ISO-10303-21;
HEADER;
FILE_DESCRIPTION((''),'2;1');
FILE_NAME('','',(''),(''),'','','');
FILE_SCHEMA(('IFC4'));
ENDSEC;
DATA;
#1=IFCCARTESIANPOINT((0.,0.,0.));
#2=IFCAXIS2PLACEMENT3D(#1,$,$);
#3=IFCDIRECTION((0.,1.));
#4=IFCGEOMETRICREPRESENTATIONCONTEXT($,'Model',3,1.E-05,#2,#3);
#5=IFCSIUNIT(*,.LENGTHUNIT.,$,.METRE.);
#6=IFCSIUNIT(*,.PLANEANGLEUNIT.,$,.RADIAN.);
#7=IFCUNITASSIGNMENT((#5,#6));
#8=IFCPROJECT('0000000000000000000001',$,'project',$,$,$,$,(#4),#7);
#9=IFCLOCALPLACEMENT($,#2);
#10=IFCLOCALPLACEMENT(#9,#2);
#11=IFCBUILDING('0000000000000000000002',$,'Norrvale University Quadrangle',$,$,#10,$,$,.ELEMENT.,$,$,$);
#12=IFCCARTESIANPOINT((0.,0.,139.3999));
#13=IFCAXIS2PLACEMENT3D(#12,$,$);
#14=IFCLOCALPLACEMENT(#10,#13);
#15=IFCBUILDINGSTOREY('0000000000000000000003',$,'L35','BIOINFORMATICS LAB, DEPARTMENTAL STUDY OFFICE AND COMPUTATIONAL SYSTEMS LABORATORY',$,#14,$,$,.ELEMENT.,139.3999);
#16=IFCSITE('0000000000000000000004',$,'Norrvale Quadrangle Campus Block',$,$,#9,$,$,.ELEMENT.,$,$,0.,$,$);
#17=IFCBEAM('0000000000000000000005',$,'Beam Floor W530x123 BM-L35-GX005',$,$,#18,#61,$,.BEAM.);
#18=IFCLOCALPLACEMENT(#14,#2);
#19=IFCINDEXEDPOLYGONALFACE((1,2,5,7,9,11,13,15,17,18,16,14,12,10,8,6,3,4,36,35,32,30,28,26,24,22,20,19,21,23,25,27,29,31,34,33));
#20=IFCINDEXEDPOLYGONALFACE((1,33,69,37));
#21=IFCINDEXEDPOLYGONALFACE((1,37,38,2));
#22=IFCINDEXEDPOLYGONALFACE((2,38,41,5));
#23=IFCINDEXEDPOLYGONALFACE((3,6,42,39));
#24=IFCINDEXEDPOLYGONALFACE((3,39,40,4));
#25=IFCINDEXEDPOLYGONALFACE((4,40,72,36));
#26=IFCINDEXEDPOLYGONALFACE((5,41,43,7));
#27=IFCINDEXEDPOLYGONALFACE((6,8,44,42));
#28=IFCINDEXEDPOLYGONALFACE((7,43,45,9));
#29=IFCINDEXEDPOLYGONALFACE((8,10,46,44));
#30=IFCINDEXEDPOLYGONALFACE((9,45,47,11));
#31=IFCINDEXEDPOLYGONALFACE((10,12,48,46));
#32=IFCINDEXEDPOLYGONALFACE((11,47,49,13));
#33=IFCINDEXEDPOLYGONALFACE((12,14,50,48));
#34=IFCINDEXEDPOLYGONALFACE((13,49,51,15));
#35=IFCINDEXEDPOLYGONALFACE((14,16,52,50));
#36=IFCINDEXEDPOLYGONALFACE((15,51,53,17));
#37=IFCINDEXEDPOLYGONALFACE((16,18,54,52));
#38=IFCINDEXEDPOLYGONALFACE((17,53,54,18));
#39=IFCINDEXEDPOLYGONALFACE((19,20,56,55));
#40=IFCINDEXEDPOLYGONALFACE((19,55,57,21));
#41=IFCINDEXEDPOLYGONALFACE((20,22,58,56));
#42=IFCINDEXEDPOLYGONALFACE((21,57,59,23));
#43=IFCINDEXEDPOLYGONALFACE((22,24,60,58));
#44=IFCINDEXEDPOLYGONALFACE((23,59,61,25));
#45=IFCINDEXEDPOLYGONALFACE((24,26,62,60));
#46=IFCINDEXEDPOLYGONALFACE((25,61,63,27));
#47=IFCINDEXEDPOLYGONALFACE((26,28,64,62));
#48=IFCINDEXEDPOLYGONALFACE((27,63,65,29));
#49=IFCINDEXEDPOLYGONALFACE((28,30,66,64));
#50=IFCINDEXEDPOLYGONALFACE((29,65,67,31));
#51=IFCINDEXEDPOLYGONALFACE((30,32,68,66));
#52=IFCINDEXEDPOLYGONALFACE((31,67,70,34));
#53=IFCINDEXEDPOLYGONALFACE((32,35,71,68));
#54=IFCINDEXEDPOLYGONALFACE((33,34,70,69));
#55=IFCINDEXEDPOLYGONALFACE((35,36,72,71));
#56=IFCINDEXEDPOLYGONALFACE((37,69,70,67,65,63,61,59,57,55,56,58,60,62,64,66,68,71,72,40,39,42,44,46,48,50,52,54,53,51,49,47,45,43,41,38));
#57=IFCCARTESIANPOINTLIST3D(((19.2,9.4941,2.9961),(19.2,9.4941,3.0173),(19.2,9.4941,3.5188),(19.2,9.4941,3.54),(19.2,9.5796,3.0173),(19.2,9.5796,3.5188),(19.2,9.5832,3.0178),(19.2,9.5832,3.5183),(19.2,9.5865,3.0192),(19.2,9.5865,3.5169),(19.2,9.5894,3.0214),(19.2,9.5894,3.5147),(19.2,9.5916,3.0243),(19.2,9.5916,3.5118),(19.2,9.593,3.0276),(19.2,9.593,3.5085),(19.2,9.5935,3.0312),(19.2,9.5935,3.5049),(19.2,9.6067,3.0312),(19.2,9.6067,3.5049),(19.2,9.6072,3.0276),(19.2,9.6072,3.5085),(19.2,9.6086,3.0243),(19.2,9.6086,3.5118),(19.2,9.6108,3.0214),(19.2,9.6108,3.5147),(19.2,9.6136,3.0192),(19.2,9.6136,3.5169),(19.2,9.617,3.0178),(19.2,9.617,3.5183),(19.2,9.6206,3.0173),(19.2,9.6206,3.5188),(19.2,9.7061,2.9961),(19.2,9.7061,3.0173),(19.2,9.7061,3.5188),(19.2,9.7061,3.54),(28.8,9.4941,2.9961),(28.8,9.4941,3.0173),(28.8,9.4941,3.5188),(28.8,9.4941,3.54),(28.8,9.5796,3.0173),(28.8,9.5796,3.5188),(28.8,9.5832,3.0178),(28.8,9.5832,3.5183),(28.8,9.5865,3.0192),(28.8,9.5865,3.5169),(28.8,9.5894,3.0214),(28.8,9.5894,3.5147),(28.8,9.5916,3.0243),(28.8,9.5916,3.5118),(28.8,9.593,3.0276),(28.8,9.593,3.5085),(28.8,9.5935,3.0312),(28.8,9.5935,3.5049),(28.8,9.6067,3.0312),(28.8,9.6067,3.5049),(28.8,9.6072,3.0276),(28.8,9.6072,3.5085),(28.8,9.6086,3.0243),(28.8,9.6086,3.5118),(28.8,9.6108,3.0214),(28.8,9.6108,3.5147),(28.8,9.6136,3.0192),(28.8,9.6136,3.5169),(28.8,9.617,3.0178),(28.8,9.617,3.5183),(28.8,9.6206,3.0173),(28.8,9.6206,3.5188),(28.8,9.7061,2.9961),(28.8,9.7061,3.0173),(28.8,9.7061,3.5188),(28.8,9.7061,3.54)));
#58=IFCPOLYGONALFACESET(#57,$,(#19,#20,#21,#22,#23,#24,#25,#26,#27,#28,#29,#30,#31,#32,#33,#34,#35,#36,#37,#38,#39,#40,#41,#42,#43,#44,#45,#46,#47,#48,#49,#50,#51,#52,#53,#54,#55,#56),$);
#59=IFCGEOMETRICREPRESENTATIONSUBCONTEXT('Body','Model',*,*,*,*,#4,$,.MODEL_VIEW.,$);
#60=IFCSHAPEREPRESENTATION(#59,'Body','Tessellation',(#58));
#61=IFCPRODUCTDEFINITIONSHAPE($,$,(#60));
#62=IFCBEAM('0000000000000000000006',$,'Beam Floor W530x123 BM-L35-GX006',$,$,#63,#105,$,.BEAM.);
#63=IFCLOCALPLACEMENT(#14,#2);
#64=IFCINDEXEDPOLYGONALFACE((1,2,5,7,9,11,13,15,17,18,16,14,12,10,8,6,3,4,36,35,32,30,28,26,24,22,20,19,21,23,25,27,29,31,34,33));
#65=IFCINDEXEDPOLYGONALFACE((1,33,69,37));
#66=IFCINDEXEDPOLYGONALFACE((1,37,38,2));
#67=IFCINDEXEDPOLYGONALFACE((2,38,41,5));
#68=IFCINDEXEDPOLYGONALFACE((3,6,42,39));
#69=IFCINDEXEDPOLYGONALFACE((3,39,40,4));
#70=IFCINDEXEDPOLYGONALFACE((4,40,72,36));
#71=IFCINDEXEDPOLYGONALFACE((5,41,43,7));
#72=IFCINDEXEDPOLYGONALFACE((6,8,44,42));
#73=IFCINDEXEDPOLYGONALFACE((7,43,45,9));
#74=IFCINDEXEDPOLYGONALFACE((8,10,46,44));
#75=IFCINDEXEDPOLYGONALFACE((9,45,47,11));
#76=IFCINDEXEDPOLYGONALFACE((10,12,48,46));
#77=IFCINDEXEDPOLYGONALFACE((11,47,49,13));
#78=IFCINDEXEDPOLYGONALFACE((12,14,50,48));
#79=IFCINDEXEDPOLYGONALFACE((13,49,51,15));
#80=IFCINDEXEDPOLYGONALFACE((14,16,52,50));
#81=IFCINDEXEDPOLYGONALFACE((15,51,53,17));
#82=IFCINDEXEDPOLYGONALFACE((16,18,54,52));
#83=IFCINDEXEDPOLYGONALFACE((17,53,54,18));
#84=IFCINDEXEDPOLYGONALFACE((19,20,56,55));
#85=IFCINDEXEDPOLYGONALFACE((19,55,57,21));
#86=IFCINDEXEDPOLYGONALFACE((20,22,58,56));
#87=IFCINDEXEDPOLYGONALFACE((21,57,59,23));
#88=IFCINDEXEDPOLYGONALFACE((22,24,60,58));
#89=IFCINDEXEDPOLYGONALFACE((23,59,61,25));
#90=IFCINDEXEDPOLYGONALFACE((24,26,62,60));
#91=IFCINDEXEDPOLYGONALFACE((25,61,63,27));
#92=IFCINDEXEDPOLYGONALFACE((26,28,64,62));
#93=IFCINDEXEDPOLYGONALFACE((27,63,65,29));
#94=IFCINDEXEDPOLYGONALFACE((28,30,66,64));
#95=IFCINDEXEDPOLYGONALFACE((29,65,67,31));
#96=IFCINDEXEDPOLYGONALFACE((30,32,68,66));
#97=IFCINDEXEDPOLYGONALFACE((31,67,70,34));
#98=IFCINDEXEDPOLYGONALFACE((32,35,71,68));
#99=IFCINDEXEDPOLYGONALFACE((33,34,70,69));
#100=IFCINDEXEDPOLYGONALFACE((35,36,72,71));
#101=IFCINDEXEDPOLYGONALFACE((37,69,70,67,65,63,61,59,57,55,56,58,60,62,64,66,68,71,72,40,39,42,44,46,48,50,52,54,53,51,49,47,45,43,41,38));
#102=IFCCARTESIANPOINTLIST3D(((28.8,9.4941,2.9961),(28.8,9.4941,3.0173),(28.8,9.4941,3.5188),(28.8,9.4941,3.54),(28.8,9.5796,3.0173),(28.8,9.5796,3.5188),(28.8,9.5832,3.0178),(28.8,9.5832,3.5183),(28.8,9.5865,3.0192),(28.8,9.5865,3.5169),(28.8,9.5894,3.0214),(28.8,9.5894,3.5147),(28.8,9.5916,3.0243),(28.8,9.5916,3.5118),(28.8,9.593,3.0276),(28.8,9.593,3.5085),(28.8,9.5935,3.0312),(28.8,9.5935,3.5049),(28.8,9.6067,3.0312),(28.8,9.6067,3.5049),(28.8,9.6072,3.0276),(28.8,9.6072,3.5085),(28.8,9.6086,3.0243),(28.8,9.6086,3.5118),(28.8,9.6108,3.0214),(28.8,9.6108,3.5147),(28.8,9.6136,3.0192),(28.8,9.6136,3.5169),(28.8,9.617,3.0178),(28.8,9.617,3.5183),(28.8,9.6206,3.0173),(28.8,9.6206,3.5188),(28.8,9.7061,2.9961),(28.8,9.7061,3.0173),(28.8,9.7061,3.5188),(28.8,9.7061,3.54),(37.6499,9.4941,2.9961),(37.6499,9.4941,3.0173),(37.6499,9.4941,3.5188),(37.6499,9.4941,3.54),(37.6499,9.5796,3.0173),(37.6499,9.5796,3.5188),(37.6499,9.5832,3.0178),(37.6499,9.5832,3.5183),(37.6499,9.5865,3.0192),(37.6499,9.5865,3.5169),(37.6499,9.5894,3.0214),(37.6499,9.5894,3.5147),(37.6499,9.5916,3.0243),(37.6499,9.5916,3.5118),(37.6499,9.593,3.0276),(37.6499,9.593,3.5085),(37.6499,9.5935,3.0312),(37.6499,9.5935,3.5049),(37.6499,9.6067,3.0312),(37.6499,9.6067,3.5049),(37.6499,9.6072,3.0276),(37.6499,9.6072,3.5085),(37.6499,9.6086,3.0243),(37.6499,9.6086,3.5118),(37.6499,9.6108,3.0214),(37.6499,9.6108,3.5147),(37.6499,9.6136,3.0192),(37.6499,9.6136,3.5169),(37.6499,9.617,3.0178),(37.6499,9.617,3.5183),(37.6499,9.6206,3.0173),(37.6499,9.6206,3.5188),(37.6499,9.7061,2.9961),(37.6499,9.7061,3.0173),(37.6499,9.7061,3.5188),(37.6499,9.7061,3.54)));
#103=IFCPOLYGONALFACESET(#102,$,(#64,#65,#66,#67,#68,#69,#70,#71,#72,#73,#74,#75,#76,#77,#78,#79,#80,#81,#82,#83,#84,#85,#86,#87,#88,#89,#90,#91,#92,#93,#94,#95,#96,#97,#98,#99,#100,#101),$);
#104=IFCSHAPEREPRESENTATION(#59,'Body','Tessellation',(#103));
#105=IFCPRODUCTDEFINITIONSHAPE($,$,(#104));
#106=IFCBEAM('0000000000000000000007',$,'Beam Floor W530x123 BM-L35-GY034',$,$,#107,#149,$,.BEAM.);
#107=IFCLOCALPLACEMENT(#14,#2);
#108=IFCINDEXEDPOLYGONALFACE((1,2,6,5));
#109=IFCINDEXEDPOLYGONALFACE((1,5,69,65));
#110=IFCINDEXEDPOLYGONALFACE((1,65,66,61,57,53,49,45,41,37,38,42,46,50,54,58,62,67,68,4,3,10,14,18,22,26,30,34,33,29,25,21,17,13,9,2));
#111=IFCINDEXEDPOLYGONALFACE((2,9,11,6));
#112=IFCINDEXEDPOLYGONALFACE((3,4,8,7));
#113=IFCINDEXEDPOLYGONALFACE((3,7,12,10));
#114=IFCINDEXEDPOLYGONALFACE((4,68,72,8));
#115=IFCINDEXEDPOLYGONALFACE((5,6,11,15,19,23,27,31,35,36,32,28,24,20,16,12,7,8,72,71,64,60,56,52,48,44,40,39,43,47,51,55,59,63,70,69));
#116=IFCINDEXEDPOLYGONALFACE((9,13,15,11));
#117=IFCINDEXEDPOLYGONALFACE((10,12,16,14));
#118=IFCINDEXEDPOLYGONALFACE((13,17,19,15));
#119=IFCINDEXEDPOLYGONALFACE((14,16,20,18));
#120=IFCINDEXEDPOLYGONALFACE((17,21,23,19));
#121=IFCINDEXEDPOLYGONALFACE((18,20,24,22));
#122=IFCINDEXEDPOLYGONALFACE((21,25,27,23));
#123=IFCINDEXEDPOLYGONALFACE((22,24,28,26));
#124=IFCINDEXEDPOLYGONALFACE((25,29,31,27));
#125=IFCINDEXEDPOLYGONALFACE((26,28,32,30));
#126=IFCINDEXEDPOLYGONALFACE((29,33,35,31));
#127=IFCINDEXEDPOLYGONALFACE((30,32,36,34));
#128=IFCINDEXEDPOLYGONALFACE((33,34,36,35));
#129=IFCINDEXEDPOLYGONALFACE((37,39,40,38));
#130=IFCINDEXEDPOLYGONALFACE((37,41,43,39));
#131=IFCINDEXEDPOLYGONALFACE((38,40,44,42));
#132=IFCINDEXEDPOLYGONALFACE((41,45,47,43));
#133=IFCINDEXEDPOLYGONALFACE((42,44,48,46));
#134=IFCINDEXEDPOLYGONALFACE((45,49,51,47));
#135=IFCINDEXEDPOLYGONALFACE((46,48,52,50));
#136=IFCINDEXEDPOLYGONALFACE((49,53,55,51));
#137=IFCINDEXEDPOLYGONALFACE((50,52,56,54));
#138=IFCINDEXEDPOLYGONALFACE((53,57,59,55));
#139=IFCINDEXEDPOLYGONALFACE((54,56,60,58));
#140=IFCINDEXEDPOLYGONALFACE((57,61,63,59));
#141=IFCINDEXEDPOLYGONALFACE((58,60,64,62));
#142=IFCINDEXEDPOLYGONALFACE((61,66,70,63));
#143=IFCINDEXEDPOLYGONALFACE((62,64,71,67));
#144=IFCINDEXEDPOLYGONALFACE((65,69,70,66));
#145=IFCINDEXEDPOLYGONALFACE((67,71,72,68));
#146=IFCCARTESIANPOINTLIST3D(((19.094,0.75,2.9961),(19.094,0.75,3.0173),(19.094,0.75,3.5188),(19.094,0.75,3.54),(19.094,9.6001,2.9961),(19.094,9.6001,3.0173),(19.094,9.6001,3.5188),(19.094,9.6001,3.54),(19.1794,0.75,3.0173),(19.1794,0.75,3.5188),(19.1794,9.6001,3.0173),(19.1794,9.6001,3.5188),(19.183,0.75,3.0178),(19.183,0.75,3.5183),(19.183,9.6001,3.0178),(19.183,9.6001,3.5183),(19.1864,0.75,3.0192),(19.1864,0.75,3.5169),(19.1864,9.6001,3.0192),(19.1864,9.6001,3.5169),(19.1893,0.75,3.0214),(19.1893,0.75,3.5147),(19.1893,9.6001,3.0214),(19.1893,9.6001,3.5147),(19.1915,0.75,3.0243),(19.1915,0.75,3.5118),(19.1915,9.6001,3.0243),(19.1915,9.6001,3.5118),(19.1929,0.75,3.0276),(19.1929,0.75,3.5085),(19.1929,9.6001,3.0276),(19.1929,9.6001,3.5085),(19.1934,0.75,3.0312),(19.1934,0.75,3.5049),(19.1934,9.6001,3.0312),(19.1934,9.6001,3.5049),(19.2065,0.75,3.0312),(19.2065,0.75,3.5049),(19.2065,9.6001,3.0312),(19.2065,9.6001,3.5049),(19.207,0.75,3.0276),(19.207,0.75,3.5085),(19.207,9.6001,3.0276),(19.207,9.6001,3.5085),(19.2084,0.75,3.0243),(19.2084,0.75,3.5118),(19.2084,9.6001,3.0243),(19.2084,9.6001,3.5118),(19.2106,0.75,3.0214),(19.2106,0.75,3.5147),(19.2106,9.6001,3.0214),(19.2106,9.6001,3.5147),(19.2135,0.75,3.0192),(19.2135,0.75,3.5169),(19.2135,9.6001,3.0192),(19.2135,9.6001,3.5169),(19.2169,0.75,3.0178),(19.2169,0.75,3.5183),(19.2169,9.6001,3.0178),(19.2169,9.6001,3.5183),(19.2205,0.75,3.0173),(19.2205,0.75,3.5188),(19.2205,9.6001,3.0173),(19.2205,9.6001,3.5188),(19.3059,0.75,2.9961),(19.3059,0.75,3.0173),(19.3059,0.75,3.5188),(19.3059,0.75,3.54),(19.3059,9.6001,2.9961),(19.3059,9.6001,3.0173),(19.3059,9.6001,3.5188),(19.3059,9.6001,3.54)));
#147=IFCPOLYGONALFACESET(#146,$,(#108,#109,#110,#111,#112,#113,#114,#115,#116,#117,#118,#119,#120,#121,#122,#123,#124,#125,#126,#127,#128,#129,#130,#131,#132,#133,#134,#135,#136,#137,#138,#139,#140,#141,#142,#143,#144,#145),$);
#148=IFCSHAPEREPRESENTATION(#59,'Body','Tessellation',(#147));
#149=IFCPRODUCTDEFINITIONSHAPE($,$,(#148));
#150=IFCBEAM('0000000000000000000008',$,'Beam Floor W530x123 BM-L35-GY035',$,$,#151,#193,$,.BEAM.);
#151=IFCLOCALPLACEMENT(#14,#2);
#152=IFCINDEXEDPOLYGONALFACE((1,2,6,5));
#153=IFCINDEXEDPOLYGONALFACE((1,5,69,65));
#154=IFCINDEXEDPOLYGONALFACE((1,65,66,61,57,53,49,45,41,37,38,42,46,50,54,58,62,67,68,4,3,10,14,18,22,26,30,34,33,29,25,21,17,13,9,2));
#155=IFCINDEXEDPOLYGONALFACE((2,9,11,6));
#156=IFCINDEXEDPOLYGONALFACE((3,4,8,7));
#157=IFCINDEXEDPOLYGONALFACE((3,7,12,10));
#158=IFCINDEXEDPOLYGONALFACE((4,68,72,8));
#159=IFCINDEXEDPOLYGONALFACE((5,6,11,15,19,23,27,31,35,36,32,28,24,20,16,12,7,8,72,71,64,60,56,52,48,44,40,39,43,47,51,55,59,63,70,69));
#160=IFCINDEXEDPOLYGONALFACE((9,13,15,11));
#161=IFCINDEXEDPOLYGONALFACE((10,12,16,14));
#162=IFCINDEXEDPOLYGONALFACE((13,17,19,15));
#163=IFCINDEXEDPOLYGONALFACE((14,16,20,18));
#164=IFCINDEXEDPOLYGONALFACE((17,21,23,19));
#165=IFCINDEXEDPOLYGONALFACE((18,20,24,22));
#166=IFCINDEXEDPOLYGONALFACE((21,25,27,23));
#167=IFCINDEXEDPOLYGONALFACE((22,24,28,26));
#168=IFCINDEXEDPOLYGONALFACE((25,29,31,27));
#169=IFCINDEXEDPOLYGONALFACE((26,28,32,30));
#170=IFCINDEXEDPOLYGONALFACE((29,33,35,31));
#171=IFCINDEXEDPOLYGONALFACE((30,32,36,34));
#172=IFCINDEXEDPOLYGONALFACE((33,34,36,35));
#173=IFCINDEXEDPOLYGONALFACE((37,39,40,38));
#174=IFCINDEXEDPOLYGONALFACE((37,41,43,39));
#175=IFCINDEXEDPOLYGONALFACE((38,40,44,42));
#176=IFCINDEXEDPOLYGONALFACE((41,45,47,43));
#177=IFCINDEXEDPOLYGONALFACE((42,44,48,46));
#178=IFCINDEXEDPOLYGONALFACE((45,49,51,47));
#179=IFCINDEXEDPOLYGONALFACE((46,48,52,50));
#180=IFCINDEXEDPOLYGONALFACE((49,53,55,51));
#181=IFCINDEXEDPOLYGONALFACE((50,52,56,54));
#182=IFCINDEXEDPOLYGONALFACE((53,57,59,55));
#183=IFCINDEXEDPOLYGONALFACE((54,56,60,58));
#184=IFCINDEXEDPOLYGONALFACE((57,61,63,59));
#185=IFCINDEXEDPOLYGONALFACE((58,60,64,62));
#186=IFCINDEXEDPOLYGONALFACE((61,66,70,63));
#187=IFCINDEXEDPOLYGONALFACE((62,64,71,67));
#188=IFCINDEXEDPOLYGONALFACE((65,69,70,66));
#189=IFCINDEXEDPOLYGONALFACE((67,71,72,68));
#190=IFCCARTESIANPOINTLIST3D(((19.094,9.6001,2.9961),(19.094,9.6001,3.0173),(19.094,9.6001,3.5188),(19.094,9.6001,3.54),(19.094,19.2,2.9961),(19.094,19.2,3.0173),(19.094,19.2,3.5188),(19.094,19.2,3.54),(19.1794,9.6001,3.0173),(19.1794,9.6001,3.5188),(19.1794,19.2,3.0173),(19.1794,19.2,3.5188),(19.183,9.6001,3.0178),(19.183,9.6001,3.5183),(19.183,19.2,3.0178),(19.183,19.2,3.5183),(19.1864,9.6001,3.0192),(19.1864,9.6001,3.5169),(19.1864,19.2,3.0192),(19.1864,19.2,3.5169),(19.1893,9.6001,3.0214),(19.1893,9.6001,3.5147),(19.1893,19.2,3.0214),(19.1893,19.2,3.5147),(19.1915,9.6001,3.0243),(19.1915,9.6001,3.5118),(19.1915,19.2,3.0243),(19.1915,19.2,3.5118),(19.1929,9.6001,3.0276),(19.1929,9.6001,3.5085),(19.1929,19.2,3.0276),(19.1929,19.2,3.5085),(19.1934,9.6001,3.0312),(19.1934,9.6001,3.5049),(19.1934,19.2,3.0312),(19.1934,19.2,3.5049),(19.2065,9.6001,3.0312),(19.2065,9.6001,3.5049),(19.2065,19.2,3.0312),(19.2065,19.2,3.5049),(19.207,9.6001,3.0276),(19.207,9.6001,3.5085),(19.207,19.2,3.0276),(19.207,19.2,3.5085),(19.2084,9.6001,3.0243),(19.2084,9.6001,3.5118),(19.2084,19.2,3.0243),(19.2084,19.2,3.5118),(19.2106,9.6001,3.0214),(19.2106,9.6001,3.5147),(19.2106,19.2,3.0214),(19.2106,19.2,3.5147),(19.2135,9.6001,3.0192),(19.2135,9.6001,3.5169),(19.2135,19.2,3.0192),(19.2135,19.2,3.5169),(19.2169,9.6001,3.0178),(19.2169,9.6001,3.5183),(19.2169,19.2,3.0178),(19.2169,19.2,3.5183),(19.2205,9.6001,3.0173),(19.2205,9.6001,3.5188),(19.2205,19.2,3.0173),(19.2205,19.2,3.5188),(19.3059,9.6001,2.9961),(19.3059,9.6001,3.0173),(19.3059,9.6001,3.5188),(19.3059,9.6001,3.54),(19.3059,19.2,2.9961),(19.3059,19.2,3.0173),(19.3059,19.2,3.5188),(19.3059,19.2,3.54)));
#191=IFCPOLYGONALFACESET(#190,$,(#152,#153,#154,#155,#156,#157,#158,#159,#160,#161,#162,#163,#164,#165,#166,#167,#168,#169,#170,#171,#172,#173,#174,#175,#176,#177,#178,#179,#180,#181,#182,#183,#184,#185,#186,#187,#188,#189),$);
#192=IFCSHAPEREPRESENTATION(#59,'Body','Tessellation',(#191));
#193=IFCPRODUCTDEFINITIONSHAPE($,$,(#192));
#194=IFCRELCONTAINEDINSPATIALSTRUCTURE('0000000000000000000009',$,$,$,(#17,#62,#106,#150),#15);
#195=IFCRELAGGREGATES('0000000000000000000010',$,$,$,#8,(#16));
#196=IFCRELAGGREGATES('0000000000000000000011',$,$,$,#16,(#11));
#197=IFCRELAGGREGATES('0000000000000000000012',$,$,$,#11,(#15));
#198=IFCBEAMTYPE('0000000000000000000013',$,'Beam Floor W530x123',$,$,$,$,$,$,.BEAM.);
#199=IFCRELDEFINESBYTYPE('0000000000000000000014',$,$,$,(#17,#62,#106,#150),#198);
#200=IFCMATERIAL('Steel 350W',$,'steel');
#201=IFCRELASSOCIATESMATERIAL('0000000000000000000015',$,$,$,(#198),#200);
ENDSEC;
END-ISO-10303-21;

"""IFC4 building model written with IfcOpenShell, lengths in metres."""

from ifc_helpers import new_model, si_unit, direction, frame, origin, origin_2d, place, context, subcontext, project, spatial, i_section, extrude, material, material_profile, profile_set, type_object, element, save


model = new_model("IFC4")

# Units and contexts
model_context = context("Model", 3, precision=1e-05, world=origin(), true_north=direction((0.0, 1.0)))
body_context = subcontext(model_context, "Body", "Model", "MODEL_VIEW")
ifc_project = project(units=[si_unit("LENGTHUNIT", "METRE"), si_unit("PLANEANGLEUNIT", "RADIAN")], contexts=[model_context])

# Site, building, storey
site_placement = place(None, origin())
site = spatial("IfcSite", under=ifc_project, at=site_placement, Name="Norrvale Quadrangle Campus Block", CompositionType="ELEMENT", RefElevation=0.0)
building_placement = place(site_placement, origin())
building = spatial("IfcBuilding", under=site, at=building_placement, Name="Norrvale University Quadrangle", CompositionType="ELEMENT")
storey_placement = place(building_placement, frame((0.0, 0.0, 139.3999)))
storey = spatial("IfcBuildingStorey", under=building, at=storey_placement, Name="L35", Description="BIOINFORMATICS LAB, DEPARTMENTAL STUDY OFFICE AND COMPUTATIONAL SYSTEMS LABORATORY", CompositionType="ELEMENT", Elevation=139.3999)

# Beams
ifc_material_1 = material(Name="Steel 350W", Category="steel")
ifc_material_profile_1 = material_profile(ifc_material_1, i_section(OverallWidth=0.2119, OverallDepth=0.5439, WebThickness=0.0132, FlangeThickness=0.0212, FilletRadius=0.0139, at=origin_2d()), Name="Steel 350W")
ifc_profile_set_1 = profile_set([ifc_material_profile_1], Name="Steel 350W")
beam_type_1 = type_object("IfcBeamType", Name="Beam Floor W530x123", PredefinedType="BEAM", material=ifc_profile_set_1)
beam_1_placement = place(storey_placement, frame((19.2, 9.6001, 3.2681), z_axis=(1.0, 0.0, 0.0), x_axis=(0.0, 1.0, 0.0)))
element("IfcBeam", 1, at=beam_1_placement, inside=storey, type_object=beam_type_1, Name="Beam Floor W530x123 BM-L35-GX005", PredefinedType="BEAM", context=body_context, shape_type="SweptSolid", body=[
    extrude(i_section(OverallWidth=0.2119, OverallDepth=0.5439, WebThickness=0.0132, FlangeThickness=0.0212, FilletRadius=0.0139, at=origin_2d()), origin(), (0.0, 0.0, 1.0), 9.6001),
])
beam_2_placement = place(storey_placement, frame((28.8, 9.6001, 3.2681), z_axis=(1.0, 0.0, 0.0), x_axis=(0.0, 1.0, 0.0)))
element("IfcBeam", 2, at=beam_2_placement, inside=storey, type_object=beam_type_1, Name="Beam Floor W530x123 BM-L35-GX006", PredefinedType="BEAM", context=body_context, shape_type="SweptSolid", body=[
    extrude(i_section(OverallWidth=0.2119, OverallDepth=0.5439, WebThickness=0.0132, FlangeThickness=0.0212, FilletRadius=0.0139, at=origin_2d()), origin(), (0.0, 0.0, 1.0), 8.8499),
])
beam_3_placement = place(storey_placement, frame((19.2, 0.75, 3.2681), z_axis=(0.0, 1.0, 0.0), x_axis=(-1.0, 0.0, 0.0)))
element("IfcBeam", 3, at=beam_3_placement, inside=storey, type_object=beam_type_1, Name="Beam Floor W530x123 BM-L35-GY034", PredefinedType="BEAM", context=body_context, shape_type="SweptSolid", body=[
    extrude(i_section(OverallWidth=0.2119, OverallDepth=0.5439, WebThickness=0.0132, FlangeThickness=0.0212, FilletRadius=0.0139, at=origin_2d()), origin(), (0.0, 0.0, 1.0), 8.8501),
])
beam_4_placement = place(storey_placement, frame((19.2, 9.6001, 3.2681), z_axis=(0.0, 1.0, 0.0), x_axis=(-1.0, 0.0, 0.0)))
element("IfcBeam", 4, at=beam_4_placement, inside=storey, type_object=beam_type_1, Name="Beam Floor W530x123 BM-L35-GY035", PredefinedType="BEAM", context=body_context, shape_type="SweptSolid", body=[
    extrude(i_section(OverallWidth=0.2119, OverallDepth=0.5439, WebThickness=0.0132, FlangeThickness=0.0212, FilletRadius=0.0139, at=origin_2d()), origin(), (0.0, 0.0, 1.0), 9.5999),
])

save(model, "model.ifc")
